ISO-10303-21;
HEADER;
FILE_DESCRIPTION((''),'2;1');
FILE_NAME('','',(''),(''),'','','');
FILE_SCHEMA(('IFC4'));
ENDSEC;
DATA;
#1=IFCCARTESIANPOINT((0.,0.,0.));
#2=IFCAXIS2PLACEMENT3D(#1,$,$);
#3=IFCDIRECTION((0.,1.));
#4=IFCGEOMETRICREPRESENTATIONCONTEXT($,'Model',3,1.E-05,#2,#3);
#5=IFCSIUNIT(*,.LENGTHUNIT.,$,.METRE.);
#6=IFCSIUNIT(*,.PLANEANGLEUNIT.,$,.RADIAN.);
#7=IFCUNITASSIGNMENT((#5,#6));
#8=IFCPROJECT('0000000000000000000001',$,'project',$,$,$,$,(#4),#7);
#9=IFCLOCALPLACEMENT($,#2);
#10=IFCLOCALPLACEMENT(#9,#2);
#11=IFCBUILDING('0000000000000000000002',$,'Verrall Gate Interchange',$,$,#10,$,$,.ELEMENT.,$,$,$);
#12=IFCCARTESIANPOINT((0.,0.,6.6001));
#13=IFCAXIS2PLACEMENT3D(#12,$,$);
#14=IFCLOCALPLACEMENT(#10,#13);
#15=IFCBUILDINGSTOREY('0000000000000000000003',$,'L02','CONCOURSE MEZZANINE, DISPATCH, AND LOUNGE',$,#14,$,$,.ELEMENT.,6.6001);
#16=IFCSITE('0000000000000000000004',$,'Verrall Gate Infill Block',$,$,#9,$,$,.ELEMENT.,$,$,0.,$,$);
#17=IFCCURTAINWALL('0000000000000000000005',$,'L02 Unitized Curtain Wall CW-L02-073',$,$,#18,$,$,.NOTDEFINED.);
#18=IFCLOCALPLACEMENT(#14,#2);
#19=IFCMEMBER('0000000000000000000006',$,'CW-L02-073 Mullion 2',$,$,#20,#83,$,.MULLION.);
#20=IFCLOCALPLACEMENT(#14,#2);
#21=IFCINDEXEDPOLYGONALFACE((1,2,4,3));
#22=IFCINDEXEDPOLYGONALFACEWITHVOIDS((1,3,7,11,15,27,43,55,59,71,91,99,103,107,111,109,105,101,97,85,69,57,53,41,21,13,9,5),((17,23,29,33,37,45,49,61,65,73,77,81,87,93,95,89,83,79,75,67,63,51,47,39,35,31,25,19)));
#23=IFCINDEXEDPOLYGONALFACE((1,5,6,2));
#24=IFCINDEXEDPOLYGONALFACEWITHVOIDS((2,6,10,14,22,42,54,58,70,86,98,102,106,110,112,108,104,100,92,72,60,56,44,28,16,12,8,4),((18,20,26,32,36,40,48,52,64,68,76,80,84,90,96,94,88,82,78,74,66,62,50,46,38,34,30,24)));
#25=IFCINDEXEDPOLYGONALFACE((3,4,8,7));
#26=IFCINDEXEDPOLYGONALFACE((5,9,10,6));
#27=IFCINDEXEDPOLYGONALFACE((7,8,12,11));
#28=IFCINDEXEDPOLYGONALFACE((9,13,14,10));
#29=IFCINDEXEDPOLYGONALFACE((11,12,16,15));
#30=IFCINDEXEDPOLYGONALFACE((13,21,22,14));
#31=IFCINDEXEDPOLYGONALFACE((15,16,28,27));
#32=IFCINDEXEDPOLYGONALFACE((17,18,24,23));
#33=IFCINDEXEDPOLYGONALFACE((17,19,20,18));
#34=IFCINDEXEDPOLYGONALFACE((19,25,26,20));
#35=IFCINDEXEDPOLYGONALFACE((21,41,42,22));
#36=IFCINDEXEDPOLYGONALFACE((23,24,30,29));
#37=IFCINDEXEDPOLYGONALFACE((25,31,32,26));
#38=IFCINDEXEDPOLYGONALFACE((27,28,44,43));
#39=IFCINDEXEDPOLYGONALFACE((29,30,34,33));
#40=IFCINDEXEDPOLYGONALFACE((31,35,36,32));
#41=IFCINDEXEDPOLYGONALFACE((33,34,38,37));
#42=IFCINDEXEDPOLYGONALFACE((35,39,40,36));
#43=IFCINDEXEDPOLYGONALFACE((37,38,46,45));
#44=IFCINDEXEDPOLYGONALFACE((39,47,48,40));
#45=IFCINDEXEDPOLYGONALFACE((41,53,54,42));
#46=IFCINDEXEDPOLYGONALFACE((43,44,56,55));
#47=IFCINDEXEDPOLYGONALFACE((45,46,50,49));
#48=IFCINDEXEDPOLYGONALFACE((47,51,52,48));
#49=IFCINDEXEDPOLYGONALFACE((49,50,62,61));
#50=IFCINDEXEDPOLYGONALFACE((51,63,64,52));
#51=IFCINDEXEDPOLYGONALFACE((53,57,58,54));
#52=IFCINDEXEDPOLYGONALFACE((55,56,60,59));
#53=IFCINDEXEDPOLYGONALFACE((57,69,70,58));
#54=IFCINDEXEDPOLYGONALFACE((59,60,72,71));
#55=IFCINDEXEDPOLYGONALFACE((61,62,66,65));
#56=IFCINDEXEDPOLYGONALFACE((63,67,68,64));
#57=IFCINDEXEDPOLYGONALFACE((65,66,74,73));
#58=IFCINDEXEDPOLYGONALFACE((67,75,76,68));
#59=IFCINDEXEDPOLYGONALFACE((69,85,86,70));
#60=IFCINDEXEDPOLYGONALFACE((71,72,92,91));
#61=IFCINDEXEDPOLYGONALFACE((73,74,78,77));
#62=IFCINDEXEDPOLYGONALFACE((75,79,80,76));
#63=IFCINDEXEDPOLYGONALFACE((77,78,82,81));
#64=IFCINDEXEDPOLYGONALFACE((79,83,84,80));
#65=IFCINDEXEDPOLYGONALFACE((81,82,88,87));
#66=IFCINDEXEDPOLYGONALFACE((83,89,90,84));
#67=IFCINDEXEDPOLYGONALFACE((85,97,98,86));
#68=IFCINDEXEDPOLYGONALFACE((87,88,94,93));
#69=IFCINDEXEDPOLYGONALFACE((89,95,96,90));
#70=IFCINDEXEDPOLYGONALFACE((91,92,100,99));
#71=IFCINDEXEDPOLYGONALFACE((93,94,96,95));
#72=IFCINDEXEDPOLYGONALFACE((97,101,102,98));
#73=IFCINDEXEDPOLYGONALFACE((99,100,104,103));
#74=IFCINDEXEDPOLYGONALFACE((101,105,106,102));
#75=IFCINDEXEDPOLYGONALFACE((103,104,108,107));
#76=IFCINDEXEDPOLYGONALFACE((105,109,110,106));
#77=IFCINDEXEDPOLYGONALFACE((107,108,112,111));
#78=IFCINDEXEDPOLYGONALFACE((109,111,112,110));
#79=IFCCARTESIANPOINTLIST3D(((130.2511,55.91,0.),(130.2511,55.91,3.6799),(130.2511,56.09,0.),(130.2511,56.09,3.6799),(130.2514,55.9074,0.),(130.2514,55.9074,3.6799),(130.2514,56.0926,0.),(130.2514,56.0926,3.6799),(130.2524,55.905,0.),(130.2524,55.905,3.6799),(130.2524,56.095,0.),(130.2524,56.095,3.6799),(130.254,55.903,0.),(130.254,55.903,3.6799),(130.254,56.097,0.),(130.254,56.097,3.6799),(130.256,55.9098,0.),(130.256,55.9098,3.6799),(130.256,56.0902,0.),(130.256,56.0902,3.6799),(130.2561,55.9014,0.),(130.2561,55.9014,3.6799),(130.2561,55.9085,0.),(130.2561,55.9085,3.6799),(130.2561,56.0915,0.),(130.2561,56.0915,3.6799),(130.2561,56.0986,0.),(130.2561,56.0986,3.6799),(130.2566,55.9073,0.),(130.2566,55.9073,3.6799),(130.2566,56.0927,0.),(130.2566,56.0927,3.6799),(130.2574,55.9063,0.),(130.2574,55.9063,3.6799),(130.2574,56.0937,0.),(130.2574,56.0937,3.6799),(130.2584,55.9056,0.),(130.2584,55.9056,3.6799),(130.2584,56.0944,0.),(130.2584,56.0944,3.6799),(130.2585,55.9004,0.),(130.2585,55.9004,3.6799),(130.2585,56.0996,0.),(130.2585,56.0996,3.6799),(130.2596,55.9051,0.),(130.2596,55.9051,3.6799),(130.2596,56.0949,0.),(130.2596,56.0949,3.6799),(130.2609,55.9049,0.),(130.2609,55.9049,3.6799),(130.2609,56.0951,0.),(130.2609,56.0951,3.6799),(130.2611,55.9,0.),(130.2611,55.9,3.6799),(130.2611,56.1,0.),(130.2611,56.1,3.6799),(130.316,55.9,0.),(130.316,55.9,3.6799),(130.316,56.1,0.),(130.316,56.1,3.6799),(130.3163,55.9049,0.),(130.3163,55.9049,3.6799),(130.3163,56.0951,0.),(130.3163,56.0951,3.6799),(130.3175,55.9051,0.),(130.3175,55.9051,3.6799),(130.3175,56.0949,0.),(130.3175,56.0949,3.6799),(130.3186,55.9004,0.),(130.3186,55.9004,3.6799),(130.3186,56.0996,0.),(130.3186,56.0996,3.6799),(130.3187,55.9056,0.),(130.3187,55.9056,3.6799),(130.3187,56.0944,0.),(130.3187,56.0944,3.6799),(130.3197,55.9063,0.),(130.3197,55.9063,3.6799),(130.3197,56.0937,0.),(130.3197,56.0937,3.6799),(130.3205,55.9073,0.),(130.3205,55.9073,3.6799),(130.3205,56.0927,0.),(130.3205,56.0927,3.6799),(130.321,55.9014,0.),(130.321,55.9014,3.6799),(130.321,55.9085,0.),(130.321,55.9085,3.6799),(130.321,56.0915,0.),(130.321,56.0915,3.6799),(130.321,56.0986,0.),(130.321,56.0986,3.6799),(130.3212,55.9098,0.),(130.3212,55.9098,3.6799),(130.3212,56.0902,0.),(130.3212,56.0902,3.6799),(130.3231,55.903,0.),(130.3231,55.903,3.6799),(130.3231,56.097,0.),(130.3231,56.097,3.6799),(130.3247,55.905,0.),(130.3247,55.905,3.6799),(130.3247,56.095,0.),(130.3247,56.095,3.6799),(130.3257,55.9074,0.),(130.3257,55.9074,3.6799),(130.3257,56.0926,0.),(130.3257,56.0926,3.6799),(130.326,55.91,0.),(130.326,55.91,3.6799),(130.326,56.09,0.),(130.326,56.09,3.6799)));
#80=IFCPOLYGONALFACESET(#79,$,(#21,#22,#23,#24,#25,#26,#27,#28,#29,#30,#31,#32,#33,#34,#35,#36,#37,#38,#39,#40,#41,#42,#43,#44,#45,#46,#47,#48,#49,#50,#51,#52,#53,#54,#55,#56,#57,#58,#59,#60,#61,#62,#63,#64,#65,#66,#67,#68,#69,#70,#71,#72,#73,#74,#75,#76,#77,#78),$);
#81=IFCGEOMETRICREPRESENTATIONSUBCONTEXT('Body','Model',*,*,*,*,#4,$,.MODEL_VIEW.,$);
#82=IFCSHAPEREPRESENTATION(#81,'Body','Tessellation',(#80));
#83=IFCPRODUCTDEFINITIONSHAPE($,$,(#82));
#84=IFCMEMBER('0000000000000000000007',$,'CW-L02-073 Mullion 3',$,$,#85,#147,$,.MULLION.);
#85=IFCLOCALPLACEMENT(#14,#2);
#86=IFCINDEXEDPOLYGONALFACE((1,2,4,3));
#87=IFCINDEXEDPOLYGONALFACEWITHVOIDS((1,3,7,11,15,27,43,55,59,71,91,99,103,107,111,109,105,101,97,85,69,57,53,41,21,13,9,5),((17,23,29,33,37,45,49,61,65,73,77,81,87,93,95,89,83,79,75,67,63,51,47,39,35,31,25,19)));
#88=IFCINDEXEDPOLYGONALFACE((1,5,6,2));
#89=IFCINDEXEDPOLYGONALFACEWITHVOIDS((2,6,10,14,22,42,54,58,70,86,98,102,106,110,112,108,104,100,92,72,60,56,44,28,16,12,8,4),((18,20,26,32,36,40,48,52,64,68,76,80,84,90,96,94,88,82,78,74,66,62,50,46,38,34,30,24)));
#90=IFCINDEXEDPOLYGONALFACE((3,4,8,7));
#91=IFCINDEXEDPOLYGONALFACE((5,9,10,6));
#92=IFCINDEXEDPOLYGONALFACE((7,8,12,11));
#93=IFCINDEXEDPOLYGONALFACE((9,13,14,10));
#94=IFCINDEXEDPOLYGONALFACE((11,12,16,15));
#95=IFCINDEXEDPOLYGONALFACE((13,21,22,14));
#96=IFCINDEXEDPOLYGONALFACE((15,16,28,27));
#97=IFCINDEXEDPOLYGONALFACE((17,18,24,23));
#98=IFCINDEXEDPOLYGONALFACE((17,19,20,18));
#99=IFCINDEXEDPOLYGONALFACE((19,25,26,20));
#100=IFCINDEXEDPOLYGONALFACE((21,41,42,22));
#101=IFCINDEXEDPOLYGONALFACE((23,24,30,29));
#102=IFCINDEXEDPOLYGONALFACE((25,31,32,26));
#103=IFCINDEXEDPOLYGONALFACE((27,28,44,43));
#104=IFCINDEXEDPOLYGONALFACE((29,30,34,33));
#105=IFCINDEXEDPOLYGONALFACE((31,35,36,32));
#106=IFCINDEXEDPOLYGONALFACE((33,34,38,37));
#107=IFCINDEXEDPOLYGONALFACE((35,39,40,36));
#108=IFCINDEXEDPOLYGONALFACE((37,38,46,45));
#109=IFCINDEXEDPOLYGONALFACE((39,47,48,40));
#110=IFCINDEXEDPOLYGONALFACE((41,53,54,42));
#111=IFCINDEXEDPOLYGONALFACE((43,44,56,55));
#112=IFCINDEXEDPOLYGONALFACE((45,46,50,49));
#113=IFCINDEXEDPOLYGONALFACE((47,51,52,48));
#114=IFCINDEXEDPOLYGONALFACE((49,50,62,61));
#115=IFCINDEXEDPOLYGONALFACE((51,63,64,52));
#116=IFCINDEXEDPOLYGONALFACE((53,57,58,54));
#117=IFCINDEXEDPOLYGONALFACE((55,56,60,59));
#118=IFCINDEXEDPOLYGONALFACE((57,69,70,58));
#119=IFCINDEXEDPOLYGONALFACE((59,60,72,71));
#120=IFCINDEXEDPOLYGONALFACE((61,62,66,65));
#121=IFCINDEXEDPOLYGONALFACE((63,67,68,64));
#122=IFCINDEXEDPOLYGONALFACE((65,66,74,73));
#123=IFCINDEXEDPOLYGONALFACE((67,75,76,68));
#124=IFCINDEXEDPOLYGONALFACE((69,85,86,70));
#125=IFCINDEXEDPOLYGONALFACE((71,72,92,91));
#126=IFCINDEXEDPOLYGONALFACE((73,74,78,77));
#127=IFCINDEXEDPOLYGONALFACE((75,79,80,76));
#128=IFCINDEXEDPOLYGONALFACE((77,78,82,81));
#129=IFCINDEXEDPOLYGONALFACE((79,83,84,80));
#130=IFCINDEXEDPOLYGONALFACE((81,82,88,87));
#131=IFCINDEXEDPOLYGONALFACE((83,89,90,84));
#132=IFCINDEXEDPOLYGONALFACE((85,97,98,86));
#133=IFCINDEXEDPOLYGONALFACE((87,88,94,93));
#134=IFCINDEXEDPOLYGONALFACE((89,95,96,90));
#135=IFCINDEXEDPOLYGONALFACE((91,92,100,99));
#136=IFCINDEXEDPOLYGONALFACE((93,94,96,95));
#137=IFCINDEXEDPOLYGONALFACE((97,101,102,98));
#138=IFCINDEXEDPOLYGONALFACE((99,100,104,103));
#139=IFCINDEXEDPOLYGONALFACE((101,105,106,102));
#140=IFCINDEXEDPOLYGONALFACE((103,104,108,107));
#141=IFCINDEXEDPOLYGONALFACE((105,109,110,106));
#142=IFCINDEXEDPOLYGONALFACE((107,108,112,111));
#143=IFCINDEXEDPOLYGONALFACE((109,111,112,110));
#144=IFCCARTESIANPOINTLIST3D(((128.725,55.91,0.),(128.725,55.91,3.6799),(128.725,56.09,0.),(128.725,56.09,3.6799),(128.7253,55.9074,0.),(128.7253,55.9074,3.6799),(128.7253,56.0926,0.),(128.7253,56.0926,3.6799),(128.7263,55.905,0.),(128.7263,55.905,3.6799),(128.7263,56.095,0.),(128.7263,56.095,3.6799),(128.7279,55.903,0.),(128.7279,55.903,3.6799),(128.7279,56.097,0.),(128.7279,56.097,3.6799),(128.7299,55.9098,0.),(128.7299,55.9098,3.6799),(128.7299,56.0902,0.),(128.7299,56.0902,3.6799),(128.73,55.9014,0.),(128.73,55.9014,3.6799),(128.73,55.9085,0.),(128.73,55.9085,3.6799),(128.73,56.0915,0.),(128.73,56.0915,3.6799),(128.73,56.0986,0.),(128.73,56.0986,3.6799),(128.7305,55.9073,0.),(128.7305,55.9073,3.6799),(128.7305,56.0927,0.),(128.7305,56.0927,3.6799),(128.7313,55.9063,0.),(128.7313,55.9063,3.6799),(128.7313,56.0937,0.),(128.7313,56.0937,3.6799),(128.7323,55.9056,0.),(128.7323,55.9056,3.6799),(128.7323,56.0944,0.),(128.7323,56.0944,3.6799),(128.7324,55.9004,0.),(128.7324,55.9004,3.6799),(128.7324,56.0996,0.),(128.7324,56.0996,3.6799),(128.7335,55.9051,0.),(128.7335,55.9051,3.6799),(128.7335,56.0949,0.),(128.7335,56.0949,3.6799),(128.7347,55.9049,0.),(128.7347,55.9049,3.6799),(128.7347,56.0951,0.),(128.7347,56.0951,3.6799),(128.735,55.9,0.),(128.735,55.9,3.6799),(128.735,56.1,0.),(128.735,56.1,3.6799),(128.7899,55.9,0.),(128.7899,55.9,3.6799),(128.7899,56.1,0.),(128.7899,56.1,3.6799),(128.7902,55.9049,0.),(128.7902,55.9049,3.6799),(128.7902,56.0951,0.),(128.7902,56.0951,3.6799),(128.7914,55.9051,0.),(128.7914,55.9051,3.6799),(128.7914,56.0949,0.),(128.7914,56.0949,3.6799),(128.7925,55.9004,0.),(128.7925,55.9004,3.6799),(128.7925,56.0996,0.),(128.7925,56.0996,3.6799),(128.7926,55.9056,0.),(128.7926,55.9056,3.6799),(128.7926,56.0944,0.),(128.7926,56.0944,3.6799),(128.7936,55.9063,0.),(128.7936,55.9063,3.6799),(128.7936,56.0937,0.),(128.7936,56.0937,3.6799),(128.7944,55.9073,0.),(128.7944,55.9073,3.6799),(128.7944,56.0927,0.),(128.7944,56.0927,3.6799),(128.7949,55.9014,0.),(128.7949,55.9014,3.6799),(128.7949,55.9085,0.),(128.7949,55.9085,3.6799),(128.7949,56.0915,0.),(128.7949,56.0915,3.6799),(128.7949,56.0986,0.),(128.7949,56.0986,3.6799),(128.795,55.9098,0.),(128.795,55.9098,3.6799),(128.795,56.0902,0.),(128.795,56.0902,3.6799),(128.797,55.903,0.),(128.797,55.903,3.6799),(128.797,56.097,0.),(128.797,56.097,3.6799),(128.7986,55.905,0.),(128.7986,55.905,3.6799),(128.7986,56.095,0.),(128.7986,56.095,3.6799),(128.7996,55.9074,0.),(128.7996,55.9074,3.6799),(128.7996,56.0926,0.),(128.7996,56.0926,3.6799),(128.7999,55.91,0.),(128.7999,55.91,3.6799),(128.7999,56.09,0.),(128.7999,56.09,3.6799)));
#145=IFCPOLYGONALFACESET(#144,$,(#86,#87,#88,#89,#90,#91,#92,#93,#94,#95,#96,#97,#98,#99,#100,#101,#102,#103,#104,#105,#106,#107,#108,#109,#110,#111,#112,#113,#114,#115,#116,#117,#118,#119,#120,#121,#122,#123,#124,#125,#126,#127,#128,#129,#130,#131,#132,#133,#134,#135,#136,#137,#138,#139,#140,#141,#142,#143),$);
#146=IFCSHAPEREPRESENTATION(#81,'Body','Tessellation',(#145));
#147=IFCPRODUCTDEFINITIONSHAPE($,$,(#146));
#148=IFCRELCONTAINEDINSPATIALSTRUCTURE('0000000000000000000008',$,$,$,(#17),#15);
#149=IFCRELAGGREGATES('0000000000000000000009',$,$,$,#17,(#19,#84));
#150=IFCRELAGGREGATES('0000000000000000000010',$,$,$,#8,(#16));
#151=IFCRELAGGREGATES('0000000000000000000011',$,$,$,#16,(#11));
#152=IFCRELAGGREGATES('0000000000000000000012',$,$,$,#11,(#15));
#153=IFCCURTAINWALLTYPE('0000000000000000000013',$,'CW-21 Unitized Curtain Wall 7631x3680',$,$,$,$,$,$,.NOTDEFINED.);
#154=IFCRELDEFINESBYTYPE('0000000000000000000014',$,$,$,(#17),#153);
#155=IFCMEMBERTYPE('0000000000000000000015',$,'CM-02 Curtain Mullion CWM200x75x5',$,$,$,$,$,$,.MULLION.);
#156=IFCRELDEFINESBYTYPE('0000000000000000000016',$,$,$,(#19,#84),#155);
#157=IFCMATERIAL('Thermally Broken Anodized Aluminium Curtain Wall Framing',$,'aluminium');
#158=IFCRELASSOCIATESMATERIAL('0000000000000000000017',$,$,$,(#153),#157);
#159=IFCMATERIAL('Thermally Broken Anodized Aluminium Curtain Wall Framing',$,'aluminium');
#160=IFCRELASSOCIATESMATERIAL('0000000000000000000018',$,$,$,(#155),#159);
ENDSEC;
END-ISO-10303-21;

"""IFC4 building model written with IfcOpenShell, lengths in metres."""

from ifc_helpers import new_model, si_unit, direction, frame, origin, origin_2d, place, context, subcontext, project, spatial, hollow_rectangle, extrude, material, material_profile, profile_set, type_object, element, aggregate, save


model = new_model("IFC4")

# Units and contexts
model_context = context("Model", 3, precision=1e-05, world=origin(), true_north=direction((0.0, 1.0)))
body_context = subcontext(model_context, "Body", "Model", "MODEL_VIEW")
ifc_project = project(units=[si_unit("LENGTHUNIT", "METRE"), si_unit("PLANEANGLEUNIT", "RADIAN")], contexts=[model_context])

# Site, building, storey
site_placement = place(None, origin())
site = spatial("IfcSite", under=ifc_project, at=site_placement, Name="Verrall Gate Infill Block", CompositionType="ELEMENT", RefElevation=0.0)
building_placement = place(site_placement, origin())
building = spatial("IfcBuilding", under=site, at=building_placement, Name="Verrall Gate Interchange", CompositionType="ELEMENT")
storey_placement = place(building_placement, frame((0.0, 0.0, 6.6001)))
storey = spatial("IfcBuildingStorey", under=building, at=storey_placement, Name="L02", Description="CONCOURSE MEZZANINE, DISPATCH, AND LOUNGE", CompositionType="ELEMENT", Elevation=6.6001)

# Curtain wall, members
ifc_material_1 = material(Name="Thermally Broken Anodized Aluminium Curtain Wall Framing", Category="aluminium")
curtain_wall_type = type_object("IfcCurtainWallType", Name="CW-21 Unitized Curtain Wall 7631x3680", PredefinedType="NOTDEFINED", material=ifc_material_1)
curtain_wall_1_placement = place(storey_placement, origin())
curtain_wall_1 = element("IfcCurtainWall", 1, at=curtain_wall_1_placement, inside=storey, type_object=curtain_wall_type, Name="L02 Unitized Curtain Wall CW-L02-073", PredefinedType="NOTDEFINED")
ifc_material_2 = material(Name="Thermally Broken Anodized Aluminium Curtain Wall Framing", Category="aluminium")
ifc_material_profile_1 = material_profile(ifc_material_2, hollow_rectangle(XDim=0.075, YDim=0.2, WallThickness=0.0049, InnerFilletRadius=0.0049, OuterFilletRadius=0.01, at=origin_2d()), Name="CWM200x75x5")
ifc_profile_set_1 = profile_set([ifc_material_profile_1], Name="Thermally Broken Anodized Aluminium Curtain Wall Framing")
member_type_1 = type_object("IfcMemberType", Name="CM-02 Curtain Mullion CWM200x75x5", PredefinedType="MULLION", material=ifc_profile_set_1)
member_1_placement = place(storey_placement, frame((130.2886, 56.0, 0.0), z_axis=(0.0, 0.0, 1.0), x_axis=(-1.0, 0.0, 0.0)))
member_1 = element("IfcMember", 2, at=member_1_placement, type_object=member_type_1, Name="CW-L02-073 Mullion 2", PredefinedType="MULLION", context=body_context, shape_type="SweptSolid", body=[
    extrude(hollow_rectangle(XDim=0.075, YDim=0.2, WallThickness=0.0049, InnerFilletRadius=0.0049, OuterFilletRadius=0.01, at=origin_2d()), origin(), (0.0, 0.0, 1.0), 3.6799),
])
member_2_placement = place(storey_placement, frame((128.7625, 56.0, 0.0), z_axis=(0.0, 0.0, 1.0), x_axis=(-1.0, 0.0, 0.0)))
member_2 = element("IfcMember", 3, at=member_2_placement, type_object=member_type_1, Name="CW-L02-073 Mullion 3", PredefinedType="MULLION", context=body_context, shape_type="SweptSolid", body=[
    extrude(hollow_rectangle(XDim=0.075, YDim=0.2, WallThickness=0.0049, InnerFilletRadius=0.0049, OuterFilletRadius=0.01, at=origin_2d()), origin(), (0.0, 0.0, 1.0), 3.6799),
])

aggregate(curtain_wall_1, [member_1, member_2])

save(model, "model.ifc")
